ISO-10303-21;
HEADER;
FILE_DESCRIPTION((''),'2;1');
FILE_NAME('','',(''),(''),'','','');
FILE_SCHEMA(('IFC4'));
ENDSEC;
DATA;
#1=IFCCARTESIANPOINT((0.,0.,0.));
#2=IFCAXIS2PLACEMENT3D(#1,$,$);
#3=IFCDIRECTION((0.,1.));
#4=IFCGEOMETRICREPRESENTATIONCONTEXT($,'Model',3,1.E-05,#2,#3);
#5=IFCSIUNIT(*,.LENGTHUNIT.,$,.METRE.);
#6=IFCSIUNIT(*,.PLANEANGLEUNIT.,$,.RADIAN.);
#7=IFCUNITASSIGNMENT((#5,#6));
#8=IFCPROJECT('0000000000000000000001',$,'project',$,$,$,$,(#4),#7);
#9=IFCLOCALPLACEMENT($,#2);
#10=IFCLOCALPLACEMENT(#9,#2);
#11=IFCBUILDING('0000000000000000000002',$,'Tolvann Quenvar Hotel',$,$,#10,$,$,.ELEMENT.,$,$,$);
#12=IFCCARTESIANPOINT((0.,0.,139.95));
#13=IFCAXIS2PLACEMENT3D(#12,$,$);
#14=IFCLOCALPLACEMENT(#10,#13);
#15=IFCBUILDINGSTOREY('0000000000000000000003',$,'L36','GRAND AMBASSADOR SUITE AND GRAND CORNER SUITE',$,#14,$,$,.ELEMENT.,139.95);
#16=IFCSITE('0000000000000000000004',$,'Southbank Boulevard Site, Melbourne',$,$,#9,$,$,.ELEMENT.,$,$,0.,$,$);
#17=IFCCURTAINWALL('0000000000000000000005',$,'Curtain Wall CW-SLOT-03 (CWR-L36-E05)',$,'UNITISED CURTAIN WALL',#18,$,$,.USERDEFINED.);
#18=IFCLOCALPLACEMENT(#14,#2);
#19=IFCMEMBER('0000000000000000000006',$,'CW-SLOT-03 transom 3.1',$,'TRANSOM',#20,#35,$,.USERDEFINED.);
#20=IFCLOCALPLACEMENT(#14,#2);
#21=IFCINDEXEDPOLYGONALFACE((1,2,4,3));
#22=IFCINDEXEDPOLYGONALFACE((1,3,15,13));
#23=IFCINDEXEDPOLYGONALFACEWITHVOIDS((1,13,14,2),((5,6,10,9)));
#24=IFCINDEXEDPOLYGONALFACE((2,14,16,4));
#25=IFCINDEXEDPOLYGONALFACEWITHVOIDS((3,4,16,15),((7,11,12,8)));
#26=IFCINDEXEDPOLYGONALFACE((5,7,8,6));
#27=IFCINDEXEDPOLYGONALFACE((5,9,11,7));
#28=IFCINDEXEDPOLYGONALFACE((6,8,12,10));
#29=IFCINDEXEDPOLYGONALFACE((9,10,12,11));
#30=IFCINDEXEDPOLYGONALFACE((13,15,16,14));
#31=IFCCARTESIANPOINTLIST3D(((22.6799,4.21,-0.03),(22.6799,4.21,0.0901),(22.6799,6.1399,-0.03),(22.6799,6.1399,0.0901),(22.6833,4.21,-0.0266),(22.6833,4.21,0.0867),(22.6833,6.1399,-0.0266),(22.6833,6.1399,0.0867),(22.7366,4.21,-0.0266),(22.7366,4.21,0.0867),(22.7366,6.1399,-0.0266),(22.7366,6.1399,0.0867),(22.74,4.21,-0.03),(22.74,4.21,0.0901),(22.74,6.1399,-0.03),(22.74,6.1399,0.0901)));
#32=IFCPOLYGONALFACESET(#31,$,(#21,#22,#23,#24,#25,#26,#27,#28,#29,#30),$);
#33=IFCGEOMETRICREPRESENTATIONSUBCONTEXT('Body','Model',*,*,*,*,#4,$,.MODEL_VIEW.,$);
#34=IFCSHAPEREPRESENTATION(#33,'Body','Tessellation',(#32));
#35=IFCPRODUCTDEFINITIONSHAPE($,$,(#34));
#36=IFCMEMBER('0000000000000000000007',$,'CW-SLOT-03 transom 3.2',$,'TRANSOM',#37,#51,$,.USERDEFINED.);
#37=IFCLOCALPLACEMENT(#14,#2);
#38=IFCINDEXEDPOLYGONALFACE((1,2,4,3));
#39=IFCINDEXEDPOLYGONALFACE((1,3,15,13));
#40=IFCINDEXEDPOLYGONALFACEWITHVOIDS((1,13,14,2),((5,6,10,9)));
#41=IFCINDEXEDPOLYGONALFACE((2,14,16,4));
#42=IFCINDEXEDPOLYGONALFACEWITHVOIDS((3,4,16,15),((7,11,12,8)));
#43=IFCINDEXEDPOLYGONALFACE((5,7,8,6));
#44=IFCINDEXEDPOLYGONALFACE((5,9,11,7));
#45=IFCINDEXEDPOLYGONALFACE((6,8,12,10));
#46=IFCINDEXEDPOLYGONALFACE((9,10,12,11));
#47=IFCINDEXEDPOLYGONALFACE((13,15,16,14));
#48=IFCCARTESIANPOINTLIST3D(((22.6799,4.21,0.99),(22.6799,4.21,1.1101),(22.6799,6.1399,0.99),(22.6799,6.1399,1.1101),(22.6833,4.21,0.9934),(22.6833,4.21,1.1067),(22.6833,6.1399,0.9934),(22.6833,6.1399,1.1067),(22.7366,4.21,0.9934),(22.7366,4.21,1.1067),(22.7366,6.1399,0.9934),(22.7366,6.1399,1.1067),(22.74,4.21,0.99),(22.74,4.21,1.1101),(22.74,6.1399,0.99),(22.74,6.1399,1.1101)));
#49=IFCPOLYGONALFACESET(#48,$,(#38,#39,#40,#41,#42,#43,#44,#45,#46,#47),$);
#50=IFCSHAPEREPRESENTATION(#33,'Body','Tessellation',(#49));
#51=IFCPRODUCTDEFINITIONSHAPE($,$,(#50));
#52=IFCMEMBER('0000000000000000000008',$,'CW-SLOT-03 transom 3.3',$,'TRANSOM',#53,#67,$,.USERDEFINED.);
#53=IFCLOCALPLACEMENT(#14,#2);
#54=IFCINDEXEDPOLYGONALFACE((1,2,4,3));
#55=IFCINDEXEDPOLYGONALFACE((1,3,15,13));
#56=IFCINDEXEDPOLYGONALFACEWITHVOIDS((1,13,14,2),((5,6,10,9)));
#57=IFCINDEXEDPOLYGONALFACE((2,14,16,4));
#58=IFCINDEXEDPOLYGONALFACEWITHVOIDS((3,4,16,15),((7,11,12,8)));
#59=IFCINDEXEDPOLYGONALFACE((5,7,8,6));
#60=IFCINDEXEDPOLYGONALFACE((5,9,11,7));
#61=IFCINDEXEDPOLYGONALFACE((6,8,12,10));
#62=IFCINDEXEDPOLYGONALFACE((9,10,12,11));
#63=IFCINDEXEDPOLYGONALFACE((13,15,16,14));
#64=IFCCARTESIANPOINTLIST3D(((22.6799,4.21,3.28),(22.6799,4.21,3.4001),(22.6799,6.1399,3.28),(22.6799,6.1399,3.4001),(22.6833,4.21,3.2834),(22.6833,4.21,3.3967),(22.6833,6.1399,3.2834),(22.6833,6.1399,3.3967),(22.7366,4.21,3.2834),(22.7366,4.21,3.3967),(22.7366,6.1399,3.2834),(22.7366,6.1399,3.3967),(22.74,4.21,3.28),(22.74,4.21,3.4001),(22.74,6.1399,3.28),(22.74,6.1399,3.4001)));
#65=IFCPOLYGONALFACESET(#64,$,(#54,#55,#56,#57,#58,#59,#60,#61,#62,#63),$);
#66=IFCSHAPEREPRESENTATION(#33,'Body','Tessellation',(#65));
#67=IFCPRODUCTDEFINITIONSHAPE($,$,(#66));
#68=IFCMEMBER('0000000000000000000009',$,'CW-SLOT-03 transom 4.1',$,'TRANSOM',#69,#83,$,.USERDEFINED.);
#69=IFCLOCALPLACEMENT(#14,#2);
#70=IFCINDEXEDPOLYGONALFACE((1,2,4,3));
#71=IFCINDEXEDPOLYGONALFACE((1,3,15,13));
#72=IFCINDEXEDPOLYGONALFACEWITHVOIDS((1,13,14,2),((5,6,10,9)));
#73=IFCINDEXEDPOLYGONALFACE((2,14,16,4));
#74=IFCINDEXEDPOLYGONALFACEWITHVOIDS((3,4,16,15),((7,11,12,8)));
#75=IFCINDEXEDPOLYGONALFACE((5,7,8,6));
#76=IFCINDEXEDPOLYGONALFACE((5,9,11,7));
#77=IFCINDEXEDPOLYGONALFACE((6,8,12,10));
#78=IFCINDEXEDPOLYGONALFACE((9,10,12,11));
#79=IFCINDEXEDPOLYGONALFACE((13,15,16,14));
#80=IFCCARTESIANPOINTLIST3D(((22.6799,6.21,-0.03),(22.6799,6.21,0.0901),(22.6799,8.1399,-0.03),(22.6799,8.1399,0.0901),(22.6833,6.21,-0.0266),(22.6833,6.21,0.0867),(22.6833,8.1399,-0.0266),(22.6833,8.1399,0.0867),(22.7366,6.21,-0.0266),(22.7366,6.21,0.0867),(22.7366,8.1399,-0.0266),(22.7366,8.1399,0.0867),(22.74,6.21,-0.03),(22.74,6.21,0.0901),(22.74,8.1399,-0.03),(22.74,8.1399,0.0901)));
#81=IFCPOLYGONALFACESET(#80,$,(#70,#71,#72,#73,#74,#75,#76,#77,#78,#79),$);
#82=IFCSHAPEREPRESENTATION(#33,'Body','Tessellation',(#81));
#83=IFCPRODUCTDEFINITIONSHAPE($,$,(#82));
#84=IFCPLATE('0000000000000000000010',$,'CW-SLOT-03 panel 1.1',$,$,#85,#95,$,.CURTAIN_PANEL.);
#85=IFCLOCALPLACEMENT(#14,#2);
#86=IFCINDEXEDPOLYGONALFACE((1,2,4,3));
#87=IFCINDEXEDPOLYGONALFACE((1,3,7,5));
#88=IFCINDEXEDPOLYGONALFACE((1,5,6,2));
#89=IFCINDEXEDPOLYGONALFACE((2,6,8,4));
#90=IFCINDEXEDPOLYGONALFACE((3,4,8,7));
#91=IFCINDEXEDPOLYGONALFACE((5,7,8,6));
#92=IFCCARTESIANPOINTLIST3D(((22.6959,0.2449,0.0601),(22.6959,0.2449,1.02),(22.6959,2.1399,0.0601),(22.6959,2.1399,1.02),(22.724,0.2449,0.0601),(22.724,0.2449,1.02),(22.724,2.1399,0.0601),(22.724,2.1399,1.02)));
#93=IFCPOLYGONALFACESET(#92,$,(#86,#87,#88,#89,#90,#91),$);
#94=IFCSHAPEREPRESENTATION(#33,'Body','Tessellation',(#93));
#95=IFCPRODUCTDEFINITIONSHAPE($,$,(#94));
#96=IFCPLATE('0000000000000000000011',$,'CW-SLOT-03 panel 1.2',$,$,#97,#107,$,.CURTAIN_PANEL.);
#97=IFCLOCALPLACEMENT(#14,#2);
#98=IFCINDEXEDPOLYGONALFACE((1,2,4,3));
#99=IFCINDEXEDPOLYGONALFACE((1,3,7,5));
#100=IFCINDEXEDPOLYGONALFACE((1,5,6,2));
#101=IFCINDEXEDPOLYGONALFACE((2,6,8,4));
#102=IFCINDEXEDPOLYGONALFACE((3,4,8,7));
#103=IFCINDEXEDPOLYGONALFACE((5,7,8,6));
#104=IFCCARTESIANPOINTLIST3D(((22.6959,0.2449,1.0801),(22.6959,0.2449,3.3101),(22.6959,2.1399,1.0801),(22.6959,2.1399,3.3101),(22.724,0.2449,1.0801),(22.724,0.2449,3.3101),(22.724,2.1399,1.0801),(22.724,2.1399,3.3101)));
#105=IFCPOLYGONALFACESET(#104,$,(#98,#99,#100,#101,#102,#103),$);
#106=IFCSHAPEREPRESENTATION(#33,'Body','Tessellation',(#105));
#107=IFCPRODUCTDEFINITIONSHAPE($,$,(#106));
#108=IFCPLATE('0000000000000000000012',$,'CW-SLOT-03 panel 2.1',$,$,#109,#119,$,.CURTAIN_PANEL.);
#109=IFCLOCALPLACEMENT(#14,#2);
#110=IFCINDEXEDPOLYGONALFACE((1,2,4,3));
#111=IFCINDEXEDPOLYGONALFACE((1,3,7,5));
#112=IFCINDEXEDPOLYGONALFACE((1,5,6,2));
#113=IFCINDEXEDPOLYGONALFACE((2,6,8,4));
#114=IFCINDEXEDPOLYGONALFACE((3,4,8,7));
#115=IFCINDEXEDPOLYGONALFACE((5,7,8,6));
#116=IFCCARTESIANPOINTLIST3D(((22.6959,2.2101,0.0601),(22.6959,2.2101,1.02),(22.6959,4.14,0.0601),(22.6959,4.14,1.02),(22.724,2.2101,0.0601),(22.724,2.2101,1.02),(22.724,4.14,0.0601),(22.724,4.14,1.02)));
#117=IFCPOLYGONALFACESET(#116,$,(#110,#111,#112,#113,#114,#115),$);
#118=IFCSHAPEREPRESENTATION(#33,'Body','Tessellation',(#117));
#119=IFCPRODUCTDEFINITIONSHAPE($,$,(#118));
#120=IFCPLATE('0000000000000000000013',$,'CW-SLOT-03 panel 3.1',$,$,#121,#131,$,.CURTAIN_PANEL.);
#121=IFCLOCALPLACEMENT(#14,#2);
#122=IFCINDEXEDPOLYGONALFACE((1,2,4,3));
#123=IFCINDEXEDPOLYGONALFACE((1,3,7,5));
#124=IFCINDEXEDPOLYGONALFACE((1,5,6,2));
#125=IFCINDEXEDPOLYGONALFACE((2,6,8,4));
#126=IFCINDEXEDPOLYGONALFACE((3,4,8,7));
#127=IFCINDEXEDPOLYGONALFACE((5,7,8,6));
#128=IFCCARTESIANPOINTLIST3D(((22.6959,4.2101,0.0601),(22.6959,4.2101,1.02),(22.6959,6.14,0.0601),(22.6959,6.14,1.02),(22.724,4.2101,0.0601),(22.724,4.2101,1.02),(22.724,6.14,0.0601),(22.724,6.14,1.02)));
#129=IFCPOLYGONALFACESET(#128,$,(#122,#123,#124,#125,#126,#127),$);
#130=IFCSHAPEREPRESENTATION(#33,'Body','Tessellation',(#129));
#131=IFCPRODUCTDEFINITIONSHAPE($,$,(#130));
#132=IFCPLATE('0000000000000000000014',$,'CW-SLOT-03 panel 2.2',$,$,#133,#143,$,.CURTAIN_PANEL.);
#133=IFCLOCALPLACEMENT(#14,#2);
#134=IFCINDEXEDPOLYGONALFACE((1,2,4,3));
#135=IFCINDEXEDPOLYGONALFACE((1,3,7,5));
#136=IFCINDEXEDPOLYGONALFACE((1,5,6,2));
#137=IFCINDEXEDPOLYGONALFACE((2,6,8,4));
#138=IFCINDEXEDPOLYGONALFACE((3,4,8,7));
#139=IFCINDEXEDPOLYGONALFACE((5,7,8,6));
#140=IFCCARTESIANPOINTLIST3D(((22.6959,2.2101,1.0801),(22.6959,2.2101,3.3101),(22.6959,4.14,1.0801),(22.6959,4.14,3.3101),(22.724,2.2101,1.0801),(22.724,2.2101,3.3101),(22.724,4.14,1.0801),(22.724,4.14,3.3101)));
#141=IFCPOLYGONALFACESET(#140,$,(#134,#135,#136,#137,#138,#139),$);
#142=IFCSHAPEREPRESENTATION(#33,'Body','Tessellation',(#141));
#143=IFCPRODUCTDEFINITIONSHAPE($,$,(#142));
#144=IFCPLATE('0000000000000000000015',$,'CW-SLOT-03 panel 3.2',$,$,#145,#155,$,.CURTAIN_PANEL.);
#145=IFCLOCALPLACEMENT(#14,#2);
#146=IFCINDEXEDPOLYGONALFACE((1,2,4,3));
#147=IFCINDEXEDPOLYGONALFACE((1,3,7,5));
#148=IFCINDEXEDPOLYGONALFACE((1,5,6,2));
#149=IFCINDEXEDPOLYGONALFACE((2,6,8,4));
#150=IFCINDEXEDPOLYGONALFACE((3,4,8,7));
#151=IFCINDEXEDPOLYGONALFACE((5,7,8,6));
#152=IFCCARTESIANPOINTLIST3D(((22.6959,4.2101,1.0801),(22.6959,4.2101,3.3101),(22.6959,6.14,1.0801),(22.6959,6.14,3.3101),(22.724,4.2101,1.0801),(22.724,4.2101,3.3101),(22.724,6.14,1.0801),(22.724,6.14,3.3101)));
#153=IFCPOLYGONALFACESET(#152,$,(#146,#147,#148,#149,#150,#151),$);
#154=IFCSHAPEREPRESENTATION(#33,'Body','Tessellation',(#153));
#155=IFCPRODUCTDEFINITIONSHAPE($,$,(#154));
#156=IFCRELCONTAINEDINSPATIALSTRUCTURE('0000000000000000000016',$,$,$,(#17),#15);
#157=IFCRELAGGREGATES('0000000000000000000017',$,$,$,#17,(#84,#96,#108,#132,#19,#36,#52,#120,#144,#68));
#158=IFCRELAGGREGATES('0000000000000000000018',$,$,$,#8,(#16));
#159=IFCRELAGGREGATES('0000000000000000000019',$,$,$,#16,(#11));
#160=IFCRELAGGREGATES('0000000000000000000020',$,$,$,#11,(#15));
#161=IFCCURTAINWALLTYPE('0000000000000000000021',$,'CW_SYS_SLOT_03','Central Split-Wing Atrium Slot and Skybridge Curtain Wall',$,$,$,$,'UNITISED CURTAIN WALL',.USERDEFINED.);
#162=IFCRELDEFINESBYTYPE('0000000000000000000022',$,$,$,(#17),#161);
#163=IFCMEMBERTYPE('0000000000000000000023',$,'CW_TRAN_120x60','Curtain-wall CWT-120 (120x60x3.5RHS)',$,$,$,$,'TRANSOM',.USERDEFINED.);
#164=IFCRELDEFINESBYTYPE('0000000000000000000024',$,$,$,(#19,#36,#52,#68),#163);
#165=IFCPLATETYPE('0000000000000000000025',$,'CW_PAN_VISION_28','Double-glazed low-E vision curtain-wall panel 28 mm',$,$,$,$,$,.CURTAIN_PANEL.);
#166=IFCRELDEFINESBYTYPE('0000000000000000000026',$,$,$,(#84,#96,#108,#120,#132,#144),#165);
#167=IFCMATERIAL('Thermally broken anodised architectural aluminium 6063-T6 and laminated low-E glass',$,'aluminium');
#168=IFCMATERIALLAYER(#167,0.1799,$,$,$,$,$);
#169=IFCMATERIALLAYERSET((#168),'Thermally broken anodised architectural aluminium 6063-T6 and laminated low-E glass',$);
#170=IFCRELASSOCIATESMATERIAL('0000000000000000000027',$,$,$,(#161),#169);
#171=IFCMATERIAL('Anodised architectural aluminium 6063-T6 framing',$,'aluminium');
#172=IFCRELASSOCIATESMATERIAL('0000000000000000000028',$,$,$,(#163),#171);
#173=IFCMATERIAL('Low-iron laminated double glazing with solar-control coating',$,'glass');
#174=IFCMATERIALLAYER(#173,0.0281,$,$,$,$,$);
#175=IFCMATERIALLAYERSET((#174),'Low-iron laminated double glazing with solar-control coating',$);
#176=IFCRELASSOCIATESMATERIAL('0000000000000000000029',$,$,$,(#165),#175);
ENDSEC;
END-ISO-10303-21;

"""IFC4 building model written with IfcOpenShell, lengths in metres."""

from ifc_helpers import new_model, si_unit, direction, frame, origin, origin_2d, place, context, subcontext, project, spatial, rectangle, hollow_rectangle, extrude, source, transform, mapped, material, layer, layer_set, material_profile, profile_set, type_object, type_shapes, element, aggregate, save


model = new_model("IFC4")

# Units and contexts
model_context = context("Model", 3, precision=1e-05, world=origin(), true_north=direction((0.0, 1.0)))
body_context = subcontext(model_context, "Body", "Model", "MODEL_VIEW")
ifc_project = project(units=[si_unit("LENGTHUNIT", "METRE"), si_unit("PLANEANGLEUNIT", "RADIAN")], contexts=[model_context])

# Site, building, storey
site_placement = place(None, origin())
site = spatial("IfcSite", under=ifc_project, at=site_placement, Name="Southbank Boulevard Site, Melbourne", CompositionType="ELEMENT", RefElevation=0.0)
building_placement = place(site_placement, origin())
building = spatial("IfcBuilding", under=site, at=building_placement, Name="Tolvann Quenvar Hotel", CompositionType="ELEMENT")
storey_placement = place(building_placement, frame((0.0, 0.0, 139.95)))
storey = spatial("IfcBuildingStorey", under=building, at=storey_placement, Name="L36", Description="GRAND AMBASSADOR SUITE AND GRAND CORNER SUITE", CompositionType="ELEMENT", Elevation=139.95)

# Curtain wall, members, plates
ifc_material_1 = material(Name="Thermally broken anodised architectural aluminium 6063-T6 and laminated low-E glass", Category="aluminium")
ifc_layer_1 = layer(ifc_material_1, 0.1799)
ifc_layer_set_1 = layer_set([ifc_layer_1], Name="Thermally broken anodised architectural aluminium 6063-T6 and laminated low-E glass")
curtain_wall_type = type_object("IfcCurtainWallType", Name="CW_SYS_SLOT_03", Description="Central Split-Wing Atrium Slot and Skybridge Curtain Wall", ElementType="UNITISED CURTAIN WALL", PredefinedType="USERDEFINED", material=ifc_layer_set_1)
curtain_wall_placement = place(storey_placement, origin())
curtain_wall = element("IfcCurtainWall", 1, at=curtain_wall_placement, inside=storey, type_object=curtain_wall_type, Name="Curtain Wall CW-SLOT-03 (CWR-L36-E05)", ObjectType="UNITISED CURTAIN WALL", PredefinedType="USERDEFINED")
ifc_material_2 = material(Name="Anodised architectural aluminium 6063-T6 framing", Category="aluminium")
ifc_material_profile_1 = material_profile(ifc_material_2, hollow_rectangle(XDim=0.0601, YDim=0.1201, WallThickness=0.0034, at=origin_2d()), Name="120x60x3.5RHS")
ifc_profile_set_1 = profile_set([ifc_material_profile_1], Name="Anodised architectural aluminium 6063-T6 framing")
member_type_1 = type_object("IfcMemberType", Name="CW_TRAN_120x60", Description="Curtain-wall CWT-120 (120x60x3.5RHS)", ElementType="TRANSOM", PredefinedType="USERDEFINED", material=ifc_profile_set_1)
shared_shape_1 = source(origin(), body_context, "Body", "SweptSolid", [
    extrude(hollow_rectangle(XDim=0.0601, YDim=0.1201, WallThickness=0.0034, at=origin_2d()), origin(), (0.0, 0.0, 1.0), 1.9299),
])
member_1_placement = place(storey_placement, frame((22.71, 4.21, 0.03), z_axis=(0.0, 1.0, 0.0), x_axis=(-1.0, 0.0, 0.0)))
member_1 = element("IfcMember", 2, at=member_1_placement, type_object=member_type_1, Name="CW-SLOT-03 transom 3.1", ObjectType="TRANSOM", PredefinedType="USERDEFINED", context=body_context, shape_type="MappedRepresentation", body=[
    mapped(shared_shape_1, transform((0.0, 0.0, 0.0), x_axis=(1.0, 0.0, 0.0), y_axis=(0.0, 1.0, 0.0), z_axis=(0.0, 0.0, 1.0), scale=1.0)),
])
member_2_placement = place(storey_placement, frame((22.71, 4.21, 1.05), z_axis=(0.0, 1.0, 0.0), x_axis=(-1.0, 0.0, 0.0)))
member_2 = element("IfcMember", 3, at=member_2_placement, type_object=member_type_1, Name="CW-SLOT-03 transom 3.2", ObjectType="TRANSOM", PredefinedType="USERDEFINED", context=body_context, shape_type="MappedRepresentation", body=[
    mapped(shared_shape_1, transform((0.0, 0.0, 0.0), x_axis=(1.0, 0.0, 0.0), y_axis=(0.0, 1.0, 0.0), z_axis=(0.0, 0.0, 1.0), scale=1.0)),
])
member_3_placement = place(storey_placement, frame((22.71, 4.21, 3.3401), z_axis=(0.0, 1.0, 0.0), x_axis=(-1.0, 0.0, 0.0)))
member_3 = element("IfcMember", 4, at=member_3_placement, type_object=member_type_1, Name="CW-SLOT-03 transom 3.3", ObjectType="TRANSOM", PredefinedType="USERDEFINED", context=body_context, shape_type="MappedRepresentation", body=[
    mapped(shared_shape_1, transform((0.0, 0.0, 0.0), x_axis=(1.0, 0.0, 0.0), y_axis=(0.0, 1.0, 0.0), z_axis=(0.0, 0.0, 1.0), scale=1.0)),
])
member_4_placement = place(storey_placement, frame((22.71, 6.21, 0.03), z_axis=(0.0, 1.0, 0.0), x_axis=(-1.0, 0.0, 0.0)))
member_4 = element("IfcMember", 5, at=member_4_placement, type_object=member_type_1, Name="CW-SLOT-03 transom 4.1", ObjectType="TRANSOM", PredefinedType="USERDEFINED", context=body_context, shape_type="MappedRepresentation", body=[
    mapped(shared_shape_1, transform((0.0, 0.0, 0.0), x_axis=(1.0, 0.0, 0.0), y_axis=(0.0, 1.0, 0.0), z_axis=(0.0, 0.0, 1.0), scale=1.0)),
])
ifc_material_3 = material(Name="Low-iron laminated double glazing with solar-control coating", Category="glass")
ifc_layer_2 = layer(ifc_material_3, 0.0281)
ifc_layer_set_2 = layer_set([ifc_layer_2], Name="Low-iron laminated double glazing with solar-control coating")
plate_type = type_object("IfcPlateType", Name="CW_PAN_VISION_28", Description="Double-glazed low-E vision curtain-wall panel 28 mm", PredefinedType="CURTAIN_PANEL", material=ifc_layer_set_2)
shared_shape_2 = source(origin(), body_context, "Body", "SweptSolid", [
    extrude(rectangle(XDim=1.895, YDim=0.0281, at=origin_2d()), origin(), (0.0, 0.0, 1.0), 0.96),
])
plate_1_placement = place(storey_placement, frame((22.71, 1.1924, 0.0601), z_axis=(0.0, 0.0, 1.0), x_axis=(0.0, 1.0, 0.0)))
plate_1 = element("IfcPlate", 6, at=plate_1_placement, type_object=plate_type, Name="CW-SLOT-03 panel 1.1", PredefinedType="CURTAIN_PANEL", context=body_context, shape_type="MappedRepresentation", body=[
    mapped(shared_shape_2, transform((0.0, 0.0, 0.0), x_axis=(1.0, 0.0, 0.0), y_axis=(0.0, 1.0, 0.0), z_axis=(0.0, 0.0, 1.0), scale=1.0)),
])
shared_shape_3 = source(origin(), body_context, "Body", "SweptSolid", [
    extrude(rectangle(XDim=1.895, YDim=0.0281, at=origin_2d()), origin(), (0.0, 0.0, 1.0), 2.23),
])
plate_2_placement = place(storey_placement, frame((22.71, 1.1924, 1.0801), z_axis=(0.0, 0.0, 1.0), x_axis=(0.0, 1.0, 0.0)))
plate_2 = element("IfcPlate", 7, at=plate_2_placement, type_object=plate_type, Name="CW-SLOT-03 panel 1.2", PredefinedType="CURTAIN_PANEL", context=body_context, shape_type="MappedRepresentation", body=[
    mapped(shared_shape_3, transform((0.0, 0.0, 0.0), x_axis=(1.0, 0.0, 0.0), y_axis=(0.0, 1.0, 0.0), z_axis=(0.0, 0.0, 1.0), scale=1.0)),
])
shared_shape_4 = source(origin(), body_context, "Body", "SweptSolid", [
    extrude(rectangle(XDim=1.9299, YDim=0.0281, at=origin_2d()), origin(), (0.0, 0.0, 1.0), 0.96),
])
plate_3_placement = place(storey_placement, frame((22.71, 3.175, 0.0601), z_axis=(0.0, 0.0, 1.0), x_axis=(0.0, 1.0, 0.0)))
plate_3 = element("IfcPlate", 8, at=plate_3_placement, type_object=plate_type, Name="CW-SLOT-03 panel 2.1", PredefinedType="CURTAIN_PANEL", context=body_context, shape_type="MappedRepresentation", body=[
    mapped(shared_shape_4, transform((0.0, 0.0, 0.0), x_axis=(1.0, 0.0, 0.0), y_axis=(0.0, 1.0, 0.0), z_axis=(0.0, 0.0, 1.0), scale=1.0)),
])
plate_4_placement = place(storey_placement, frame((22.71, 5.175, 0.0601), z_axis=(0.0, 0.0, 1.0), x_axis=(0.0, 1.0, 0.0)))
plate_4 = element("IfcPlate", 9, at=plate_4_placement, type_object=plate_type, Name="CW-SLOT-03 panel 3.1", PredefinedType="CURTAIN_PANEL", context=body_context, shape_type="MappedRepresentation", body=[
    mapped(shared_shape_4, transform((0.0, 0.0, 0.0), x_axis=(1.0, 0.0, 0.0), y_axis=(0.0, 1.0, 0.0), z_axis=(0.0, 0.0, 1.0), scale=1.0)),
])
shared_shape_5 = source(origin(), body_context, "Body", "SweptSolid", [
    extrude(rectangle(XDim=1.9299, YDim=0.0281, at=origin_2d()), origin(), (0.0, 0.0, 1.0), 2.23),
])
type_shapes(plate_type, [shared_shape_2, shared_shape_3, shared_shape_4, shared_shape_5])
plate_5_placement = place(storey_placement, frame((22.71, 3.175, 1.0801), z_axis=(0.0, 0.0, 1.0), x_axis=(0.0, 1.0, 0.0)))
plate_5 = element("IfcPlate", 10, at=plate_5_placement, type_object=plate_type, Name="CW-SLOT-03 panel 2.2", PredefinedType="CURTAIN_PANEL", context=body_context, shape_type="MappedRepresentation", body=[
    mapped(shared_shape_5, transform((0.0, 0.0, 0.0), x_axis=(1.0, 0.0, 0.0), y_axis=(0.0, 1.0, 0.0), z_axis=(0.0, 0.0, 1.0), scale=1.0)),
])
plate_6_placement = place(storey_placement, frame((22.71, 5.175, 1.0801), z_axis=(0.0, 0.0, 1.0), x_axis=(0.0, 1.0, 0.0)))
plate_6 = element("IfcPlate", 11, at=plate_6_placement, type_object=plate_type, Name="CW-SLOT-03 panel 3.2", PredefinedType="CURTAIN_PANEL", context=body_context, shape_type="MappedRepresentation", body=[
    mapped(shared_shape_5, transform((0.0, 0.0, 0.0), x_axis=(1.0, 0.0, 0.0), y_axis=(0.0, 1.0, 0.0), z_axis=(0.0, 0.0, 1.0), scale=1.0)),
])
aggregate(curtain_wall, [plate_1, plate_2, plate_3, plate_5, member_1, member_2, member_3, plate_4, plate_6, member_4])

save(model, "model.ifc")
